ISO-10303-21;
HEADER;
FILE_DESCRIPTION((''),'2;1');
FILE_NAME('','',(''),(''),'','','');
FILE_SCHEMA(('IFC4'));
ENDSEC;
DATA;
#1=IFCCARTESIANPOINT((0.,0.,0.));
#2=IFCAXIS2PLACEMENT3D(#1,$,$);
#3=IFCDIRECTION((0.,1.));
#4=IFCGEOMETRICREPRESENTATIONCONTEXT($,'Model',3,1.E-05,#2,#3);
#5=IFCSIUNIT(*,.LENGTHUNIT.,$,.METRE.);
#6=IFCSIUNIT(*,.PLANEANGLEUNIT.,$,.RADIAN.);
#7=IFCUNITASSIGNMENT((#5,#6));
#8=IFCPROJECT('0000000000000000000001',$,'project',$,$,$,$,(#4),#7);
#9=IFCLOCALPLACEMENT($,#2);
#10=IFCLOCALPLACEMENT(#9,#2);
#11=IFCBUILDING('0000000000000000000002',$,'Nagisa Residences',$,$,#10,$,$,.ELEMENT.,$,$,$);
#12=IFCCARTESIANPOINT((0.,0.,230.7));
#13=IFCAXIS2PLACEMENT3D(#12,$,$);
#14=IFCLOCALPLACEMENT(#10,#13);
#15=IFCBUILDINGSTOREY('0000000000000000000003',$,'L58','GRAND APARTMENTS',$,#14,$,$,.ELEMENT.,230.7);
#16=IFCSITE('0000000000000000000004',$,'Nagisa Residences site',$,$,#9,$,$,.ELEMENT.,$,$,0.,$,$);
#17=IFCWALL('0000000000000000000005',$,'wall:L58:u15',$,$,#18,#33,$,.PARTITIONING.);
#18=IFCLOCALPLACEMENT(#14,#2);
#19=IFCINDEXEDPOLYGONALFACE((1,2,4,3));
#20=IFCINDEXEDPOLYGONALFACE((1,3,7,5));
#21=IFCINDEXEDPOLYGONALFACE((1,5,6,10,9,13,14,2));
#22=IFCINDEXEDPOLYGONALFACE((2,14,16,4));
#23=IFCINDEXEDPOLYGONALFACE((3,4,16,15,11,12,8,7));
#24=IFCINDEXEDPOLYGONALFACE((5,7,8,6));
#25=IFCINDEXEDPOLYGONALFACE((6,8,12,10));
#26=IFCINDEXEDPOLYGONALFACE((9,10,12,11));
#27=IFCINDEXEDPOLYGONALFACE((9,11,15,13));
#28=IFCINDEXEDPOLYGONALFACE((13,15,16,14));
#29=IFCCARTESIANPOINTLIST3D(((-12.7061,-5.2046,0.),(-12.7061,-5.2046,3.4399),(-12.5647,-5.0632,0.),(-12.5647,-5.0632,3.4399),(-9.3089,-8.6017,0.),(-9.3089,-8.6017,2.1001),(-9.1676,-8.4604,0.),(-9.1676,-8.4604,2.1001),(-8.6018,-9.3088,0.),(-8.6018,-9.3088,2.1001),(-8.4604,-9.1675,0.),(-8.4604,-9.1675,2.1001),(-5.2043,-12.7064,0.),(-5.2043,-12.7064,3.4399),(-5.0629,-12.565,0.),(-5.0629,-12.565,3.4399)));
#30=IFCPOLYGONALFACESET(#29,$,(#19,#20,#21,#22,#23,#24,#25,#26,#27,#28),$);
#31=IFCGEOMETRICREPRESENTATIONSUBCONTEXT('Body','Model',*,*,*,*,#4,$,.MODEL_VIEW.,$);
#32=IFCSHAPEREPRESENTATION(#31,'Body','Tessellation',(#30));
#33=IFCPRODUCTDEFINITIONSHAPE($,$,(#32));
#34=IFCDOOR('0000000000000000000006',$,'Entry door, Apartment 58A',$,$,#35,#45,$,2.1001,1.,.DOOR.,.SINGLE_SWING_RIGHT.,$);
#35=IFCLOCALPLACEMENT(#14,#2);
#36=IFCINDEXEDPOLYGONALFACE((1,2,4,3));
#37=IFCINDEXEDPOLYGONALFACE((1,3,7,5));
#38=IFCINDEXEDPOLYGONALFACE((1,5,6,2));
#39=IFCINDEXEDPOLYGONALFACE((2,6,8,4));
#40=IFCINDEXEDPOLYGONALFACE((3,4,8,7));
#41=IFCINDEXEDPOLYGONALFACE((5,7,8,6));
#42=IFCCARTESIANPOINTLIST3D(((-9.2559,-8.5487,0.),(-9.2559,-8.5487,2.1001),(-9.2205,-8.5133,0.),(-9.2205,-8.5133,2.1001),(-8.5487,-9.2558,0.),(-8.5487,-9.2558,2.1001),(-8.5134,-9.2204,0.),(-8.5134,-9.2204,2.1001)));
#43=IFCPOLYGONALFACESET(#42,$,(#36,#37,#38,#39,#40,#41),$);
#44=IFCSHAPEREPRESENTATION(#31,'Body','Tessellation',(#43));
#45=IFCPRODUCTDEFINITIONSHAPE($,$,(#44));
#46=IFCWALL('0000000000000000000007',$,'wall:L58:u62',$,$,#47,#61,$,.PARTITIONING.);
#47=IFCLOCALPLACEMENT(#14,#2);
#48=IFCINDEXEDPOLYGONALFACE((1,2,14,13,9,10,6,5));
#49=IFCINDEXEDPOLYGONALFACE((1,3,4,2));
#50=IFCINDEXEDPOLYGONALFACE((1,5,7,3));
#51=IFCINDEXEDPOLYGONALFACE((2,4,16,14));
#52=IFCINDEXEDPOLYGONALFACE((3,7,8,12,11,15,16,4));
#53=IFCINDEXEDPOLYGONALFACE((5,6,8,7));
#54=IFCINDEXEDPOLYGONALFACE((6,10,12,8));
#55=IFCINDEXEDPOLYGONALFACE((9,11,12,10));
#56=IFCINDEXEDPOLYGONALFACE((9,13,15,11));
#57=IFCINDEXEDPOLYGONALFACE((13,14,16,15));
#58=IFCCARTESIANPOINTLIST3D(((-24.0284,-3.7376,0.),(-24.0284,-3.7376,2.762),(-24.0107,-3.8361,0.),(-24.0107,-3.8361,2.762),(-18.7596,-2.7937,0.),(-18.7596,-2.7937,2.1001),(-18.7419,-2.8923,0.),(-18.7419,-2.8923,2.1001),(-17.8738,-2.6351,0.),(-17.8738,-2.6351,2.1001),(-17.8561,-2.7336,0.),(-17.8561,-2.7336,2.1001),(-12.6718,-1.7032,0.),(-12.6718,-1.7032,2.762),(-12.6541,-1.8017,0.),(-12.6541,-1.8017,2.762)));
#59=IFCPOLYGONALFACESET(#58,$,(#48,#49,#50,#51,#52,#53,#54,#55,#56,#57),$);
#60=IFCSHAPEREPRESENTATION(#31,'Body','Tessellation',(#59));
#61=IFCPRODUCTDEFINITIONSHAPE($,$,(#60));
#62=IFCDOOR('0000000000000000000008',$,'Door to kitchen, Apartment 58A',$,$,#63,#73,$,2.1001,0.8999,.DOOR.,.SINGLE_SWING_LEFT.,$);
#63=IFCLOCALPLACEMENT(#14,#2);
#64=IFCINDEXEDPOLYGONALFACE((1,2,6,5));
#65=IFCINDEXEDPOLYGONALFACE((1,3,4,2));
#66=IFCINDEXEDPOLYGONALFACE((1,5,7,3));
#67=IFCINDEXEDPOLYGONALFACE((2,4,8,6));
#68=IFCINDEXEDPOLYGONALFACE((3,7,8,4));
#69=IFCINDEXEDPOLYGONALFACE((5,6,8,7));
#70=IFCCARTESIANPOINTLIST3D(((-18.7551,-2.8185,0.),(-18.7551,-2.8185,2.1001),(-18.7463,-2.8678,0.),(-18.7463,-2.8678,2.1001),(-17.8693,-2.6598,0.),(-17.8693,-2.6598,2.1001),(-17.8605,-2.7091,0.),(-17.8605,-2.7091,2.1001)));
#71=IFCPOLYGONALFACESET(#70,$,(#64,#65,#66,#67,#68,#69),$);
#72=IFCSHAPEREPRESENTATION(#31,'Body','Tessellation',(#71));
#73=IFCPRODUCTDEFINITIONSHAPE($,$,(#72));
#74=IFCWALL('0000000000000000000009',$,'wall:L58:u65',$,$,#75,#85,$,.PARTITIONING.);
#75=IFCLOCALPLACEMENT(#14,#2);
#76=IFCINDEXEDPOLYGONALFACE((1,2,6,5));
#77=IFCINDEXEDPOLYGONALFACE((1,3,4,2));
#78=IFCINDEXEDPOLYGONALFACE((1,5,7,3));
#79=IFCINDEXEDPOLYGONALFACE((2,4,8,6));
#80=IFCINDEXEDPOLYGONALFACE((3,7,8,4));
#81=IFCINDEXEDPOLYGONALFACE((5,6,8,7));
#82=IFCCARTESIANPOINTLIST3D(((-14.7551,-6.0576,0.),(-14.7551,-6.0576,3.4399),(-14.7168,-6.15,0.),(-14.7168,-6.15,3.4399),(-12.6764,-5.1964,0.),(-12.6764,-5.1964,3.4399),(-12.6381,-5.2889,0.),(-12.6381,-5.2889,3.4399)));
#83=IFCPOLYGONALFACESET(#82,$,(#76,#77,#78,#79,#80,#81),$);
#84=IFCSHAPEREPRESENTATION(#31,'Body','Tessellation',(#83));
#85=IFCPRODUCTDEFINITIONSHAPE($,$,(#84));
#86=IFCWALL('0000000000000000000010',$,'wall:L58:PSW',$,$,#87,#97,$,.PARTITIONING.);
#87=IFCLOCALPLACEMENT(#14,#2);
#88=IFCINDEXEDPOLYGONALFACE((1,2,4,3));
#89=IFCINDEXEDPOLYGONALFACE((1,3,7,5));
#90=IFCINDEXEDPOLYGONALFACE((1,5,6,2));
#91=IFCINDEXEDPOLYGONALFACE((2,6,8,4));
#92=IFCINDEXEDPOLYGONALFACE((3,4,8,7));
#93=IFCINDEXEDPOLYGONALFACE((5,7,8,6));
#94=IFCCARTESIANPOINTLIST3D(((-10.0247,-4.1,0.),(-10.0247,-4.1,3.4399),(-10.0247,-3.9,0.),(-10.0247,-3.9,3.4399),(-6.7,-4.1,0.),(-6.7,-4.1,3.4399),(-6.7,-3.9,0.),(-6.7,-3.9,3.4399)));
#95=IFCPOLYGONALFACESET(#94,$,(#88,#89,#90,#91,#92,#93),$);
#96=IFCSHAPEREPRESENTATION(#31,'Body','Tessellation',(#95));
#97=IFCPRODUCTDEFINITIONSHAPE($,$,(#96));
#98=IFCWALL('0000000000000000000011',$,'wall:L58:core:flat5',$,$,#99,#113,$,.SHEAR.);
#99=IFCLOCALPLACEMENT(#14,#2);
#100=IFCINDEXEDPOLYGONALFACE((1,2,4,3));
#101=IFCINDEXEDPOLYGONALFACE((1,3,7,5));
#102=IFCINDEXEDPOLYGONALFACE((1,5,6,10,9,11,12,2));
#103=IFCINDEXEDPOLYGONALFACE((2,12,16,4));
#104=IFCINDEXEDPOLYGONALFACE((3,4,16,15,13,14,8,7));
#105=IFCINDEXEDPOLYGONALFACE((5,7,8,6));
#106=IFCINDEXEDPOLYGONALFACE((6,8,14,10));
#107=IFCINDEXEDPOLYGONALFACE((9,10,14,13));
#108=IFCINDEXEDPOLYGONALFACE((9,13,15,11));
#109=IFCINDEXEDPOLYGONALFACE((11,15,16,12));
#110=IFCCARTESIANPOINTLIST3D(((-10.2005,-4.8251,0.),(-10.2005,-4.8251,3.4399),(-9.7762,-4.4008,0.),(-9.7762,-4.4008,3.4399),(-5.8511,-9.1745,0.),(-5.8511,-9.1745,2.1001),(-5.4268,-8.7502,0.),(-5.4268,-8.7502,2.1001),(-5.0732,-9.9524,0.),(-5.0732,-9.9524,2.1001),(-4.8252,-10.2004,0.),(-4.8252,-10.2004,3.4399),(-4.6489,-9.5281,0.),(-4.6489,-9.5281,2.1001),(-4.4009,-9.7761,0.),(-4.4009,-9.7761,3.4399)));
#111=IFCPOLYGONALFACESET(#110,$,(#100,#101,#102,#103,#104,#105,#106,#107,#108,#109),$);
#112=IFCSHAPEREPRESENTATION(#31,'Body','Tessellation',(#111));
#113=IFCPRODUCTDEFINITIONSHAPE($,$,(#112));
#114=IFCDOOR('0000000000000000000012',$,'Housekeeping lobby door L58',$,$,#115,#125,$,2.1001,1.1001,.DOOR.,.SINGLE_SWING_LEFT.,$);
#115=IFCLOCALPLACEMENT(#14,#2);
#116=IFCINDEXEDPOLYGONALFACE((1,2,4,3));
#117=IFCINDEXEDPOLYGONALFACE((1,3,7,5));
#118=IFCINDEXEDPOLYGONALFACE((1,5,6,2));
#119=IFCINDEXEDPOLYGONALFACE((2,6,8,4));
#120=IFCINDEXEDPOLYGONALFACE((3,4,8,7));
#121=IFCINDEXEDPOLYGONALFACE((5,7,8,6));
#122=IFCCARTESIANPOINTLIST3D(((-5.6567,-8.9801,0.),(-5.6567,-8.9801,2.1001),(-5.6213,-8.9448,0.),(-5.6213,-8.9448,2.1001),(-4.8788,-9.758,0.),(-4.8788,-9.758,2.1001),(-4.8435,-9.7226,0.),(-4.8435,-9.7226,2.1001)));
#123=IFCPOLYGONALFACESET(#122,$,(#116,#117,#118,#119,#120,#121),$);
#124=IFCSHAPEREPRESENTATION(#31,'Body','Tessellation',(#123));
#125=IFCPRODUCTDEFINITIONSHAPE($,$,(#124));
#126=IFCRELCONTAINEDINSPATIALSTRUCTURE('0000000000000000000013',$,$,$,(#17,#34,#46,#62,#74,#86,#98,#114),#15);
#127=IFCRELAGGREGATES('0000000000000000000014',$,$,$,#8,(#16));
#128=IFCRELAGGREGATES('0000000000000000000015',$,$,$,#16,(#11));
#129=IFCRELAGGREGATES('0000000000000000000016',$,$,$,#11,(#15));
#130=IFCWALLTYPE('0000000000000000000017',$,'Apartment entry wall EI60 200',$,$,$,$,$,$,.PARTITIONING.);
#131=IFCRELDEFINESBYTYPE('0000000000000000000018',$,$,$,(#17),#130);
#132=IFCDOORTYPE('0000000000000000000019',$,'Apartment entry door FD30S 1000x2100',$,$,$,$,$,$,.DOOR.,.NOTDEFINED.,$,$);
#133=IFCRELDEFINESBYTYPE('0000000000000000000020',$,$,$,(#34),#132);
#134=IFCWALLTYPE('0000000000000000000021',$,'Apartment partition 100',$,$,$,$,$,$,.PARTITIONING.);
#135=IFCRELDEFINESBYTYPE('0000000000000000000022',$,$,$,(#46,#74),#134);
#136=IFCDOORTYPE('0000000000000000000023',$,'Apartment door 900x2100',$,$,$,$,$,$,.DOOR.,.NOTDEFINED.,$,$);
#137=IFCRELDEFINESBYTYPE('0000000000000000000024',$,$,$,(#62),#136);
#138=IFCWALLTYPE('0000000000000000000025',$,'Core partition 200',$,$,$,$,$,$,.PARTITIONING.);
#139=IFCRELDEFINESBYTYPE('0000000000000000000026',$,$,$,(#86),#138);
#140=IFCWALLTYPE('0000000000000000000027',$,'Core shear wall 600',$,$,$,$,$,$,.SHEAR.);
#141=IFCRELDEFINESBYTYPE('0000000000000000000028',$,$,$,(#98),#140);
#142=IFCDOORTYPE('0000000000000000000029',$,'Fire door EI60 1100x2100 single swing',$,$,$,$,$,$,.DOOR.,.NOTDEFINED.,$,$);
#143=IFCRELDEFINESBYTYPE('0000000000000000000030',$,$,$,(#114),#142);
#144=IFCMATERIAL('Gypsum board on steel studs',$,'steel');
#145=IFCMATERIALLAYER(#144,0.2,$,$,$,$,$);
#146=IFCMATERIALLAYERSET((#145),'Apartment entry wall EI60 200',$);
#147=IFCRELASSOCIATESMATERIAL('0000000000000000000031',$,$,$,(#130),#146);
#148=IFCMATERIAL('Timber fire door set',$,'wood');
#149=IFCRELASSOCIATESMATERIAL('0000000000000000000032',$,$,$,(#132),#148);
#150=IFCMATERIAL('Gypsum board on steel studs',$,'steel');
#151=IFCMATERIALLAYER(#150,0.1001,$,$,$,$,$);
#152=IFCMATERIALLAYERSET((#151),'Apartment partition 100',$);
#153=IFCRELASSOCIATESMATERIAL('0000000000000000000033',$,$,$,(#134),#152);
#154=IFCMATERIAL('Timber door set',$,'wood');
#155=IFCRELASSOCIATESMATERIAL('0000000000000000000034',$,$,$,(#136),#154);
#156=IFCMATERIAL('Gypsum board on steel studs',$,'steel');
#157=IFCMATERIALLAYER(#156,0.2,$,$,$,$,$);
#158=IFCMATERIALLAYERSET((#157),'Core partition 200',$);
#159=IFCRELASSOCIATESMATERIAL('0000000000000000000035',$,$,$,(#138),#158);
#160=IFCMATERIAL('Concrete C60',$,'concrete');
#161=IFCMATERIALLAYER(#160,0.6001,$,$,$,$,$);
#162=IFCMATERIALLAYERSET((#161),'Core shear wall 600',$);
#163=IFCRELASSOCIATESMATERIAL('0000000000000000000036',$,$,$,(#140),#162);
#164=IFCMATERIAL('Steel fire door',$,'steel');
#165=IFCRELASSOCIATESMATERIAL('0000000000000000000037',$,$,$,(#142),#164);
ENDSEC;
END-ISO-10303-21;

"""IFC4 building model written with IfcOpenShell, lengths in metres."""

from ifc_helpers import new_model, si_unit, direction, frame, frame_2d, origin, place, context, subcontext, project, spatial, rectangle, extrude, material, layer, layer_set, type_object, element, fill, save


model = new_model("IFC4")

# Units and contexts
model_context = context("Model", 3, precision=1e-05, world=origin(), true_north=direction((0.0, 1.0)))
body_context = subcontext(model_context, "Body", "Model", "MODEL_VIEW")
ifc_project = project(units=[si_unit("LENGTHUNIT", "METRE"), si_unit("PLANEANGLEUNIT", "RADIAN")], contexts=[model_context])

# Site, building, storey
site_placement = place(None, origin())
site = spatial("IfcSite", under=ifc_project, at=site_placement, Name="Nagisa Residences site", CompositionType="ELEMENT", RefElevation=0.0)
building_placement = place(site_placement, origin())
building = spatial("IfcBuilding", under=site, at=building_placement, Name="Nagisa Residences", CompositionType="ELEMENT")
storey_placement = place(building_placement, frame((0.0, 0.0, 230.7)))
storey = spatial("IfcBuildingStorey", under=building, at=storey_placement, Name="L58", Description="GRAND APARTMENTS", CompositionType="ELEMENT", Elevation=230.7)

# Walls, openings, doors
ifc_material_1 = material(Name="Gypsum board on steel studs", Category="steel")
ifc_layer_1 = layer(ifc_material_1, 0.2)
ifc_layer_set_1 = layer_set([ifc_layer_1], Name="Apartment entry wall EI60 200")
wall_type_1 = type_object("IfcWallType", Name="Apartment entry wall EI60 200", PredefinedType="PARTITIONING", material=ifc_layer_set_1)
wall_1_placement = place(storey_placement, frame((-12.6355, -5.1338, 0.0), z_axis=(0.0, 0.0, 1.0), x_axis=(0.707107, -0.707107, 0.0)))
wall_1 = element("IfcWall", 1, at=wall_1_placement, inside=storey, type_object=wall_type_1, Name="wall:L58:u15", PredefinedType="PARTITIONING", context=body_context, shape_type="SweptSolid", body=[
    extrude(rectangle(XDim=10.6091, YDim=0.2, at=frame_2d((5.3047, 0.0))), origin(), (0.0, 0.0, 1.0), 3.4399),
])
opening_1_placement = place(wall_1_placement, frame((4.8044, 0.0, 0.0)))
opening_1 = element("IfcOpeningElement", 2, at=opening_1_placement, cuts=wall_1, PredefinedType="OPENING", context=body_context, shape_type="SweptSolid", body=[
    extrude(rectangle(XDim=1.0, YDim=2.1001, at=frame_2d((0.5, 1.05))), frame((0.0, 0.1099, 0.0), z_axis=(0.0, -1.0, 0.0), x_axis=(1.0, 0.0, 0.0)), (0.0, 0.0, 1.0), 0.22),
])
ifc_material_2 = material(Name="Timber fire door set", Category="wood")
door_type_1 = type_object("IfcDoorType", Name="Apartment entry door FD30S 1000x2100", OperationType="NOTDEFINED", PredefinedType="DOOR", material=ifc_material_2)
door_1_placement = place(opening_1_placement, frame((1.0, 0.0, 0.0), x_axis=(-1.0, 0.0, 0.0)))
door_1 = element("IfcDoor", 3, at=door_1_placement, inside=storey, type_object=door_type_1, Name="Entry door, Apartment 58A", OperationType="SINGLE_SWING_RIGHT", OverallHeight=2.1001, OverallWidth=1.0, PredefinedType="DOOR", context=body_context, shape_type="SweptSolid", body=[
    extrude(rectangle(XDim=1.0, YDim=2.1001, at=frame_2d((0.5, 1.05))), frame((0.0, 0.0249, 0.0), z_axis=(0.0, -1.0, 0.0), x_axis=(1.0, 0.0, 0.0)), (0.0, 0.0, 1.0), 0.05),
])
fill(opening_1, door_1)
ifc_material_3 = material(Name="Gypsum board on steel studs", Category="steel")
ifc_layer_2 = layer(ifc_material_3, 0.1001)
ifc_layer_set_2 = layer_set([ifc_layer_2], Name="Apartment partition 100")
wall_type_2 = type_object("IfcWallType", Name="Apartment partition 100", PredefinedType="PARTITIONING", material=ifc_layer_set_2)
wall_2_placement = place(storey_placement, frame((-12.6631, -1.7524, 0.0), z_axis=(0.0, 0.0, 1.0), x_axis=(-0.98433, -0.176336, 0.0)))
wall_2 = element("IfcWall", 4, at=wall_2_placement, inside=storey, type_object=wall_type_2, Name="wall:L58:u62", PredefinedType="PARTITIONING", context=body_context, shape_type="SweptSolid", body=[
    extrude(rectangle(XDim=11.5374, YDim=0.1001, at=frame_2d((5.7686, 0.0))), origin(), (0.0, 0.0, 1.0), 2.762),
])
opening_2_placement = place(wall_2_placement, frame((5.2847, 0.0, 0.0)))
opening_2 = element("IfcOpeningElement", 5, at=opening_2_placement, cuts=wall_2, PredefinedType="OPENING", context=body_context, shape_type="SweptSolid", body=[
    extrude(rectangle(XDim=0.8999, YDim=2.1001, at=frame_2d((0.45, 1.05))), frame((0.0, 0.0601, 0.0), z_axis=(0.0, -1.0, 0.0), x_axis=(1.0, 0.0, 0.0)), (0.0, 0.0, 1.0), 0.1201),
])
ifc_material_4 = material(Name="Timber door set", Category="wood")
door_type_2 = type_object("IfcDoorType", Name="Apartment door 900x2100", OperationType="NOTDEFINED", PredefinedType="DOOR", material=ifc_material_4)
door_2_placement = place(opening_2_placement, frame((0.8999, 0.0, 0.0), x_axis=(-1.0, 0.0, 0.0)))
door_2 = element("IfcDoor", 6, at=door_2_placement, inside=storey, type_object=door_type_2, Name="Door to kitchen, Apartment 58A", OperationType="SINGLE_SWING_LEFT", OverallHeight=2.1001, OverallWidth=0.8999, PredefinedType="DOOR", context=body_context, shape_type="SweptSolid", body=[
    extrude(rectangle(XDim=0.8999, YDim=2.1001, at=frame_2d((0.45, 1.05))), frame((0.0, 0.0249, 0.0), z_axis=(0.0, -1.0, 0.0), x_axis=(1.0, 0.0, 0.0)), (0.0, 0.0, 1.0), 0.05),
])
fill(opening_2, door_2)

# Walls
wall_3_placement = place(storey_placement, frame((-12.6572, -5.2427, 0.0), z_axis=(0.0, 0.0, 1.0), x_axis=(-0.923865, -0.382719, 0.0)))
element("IfcWall", 7, at=wall_3_placement, inside=storey, type_object=wall_type_2, Name="wall:L58:u65", PredefinedType="PARTITIONING", context=body_context, shape_type="SweptSolid", body=[
    extrude(rectangle(XDim=2.25, YDim=0.1001, at=frame_2d((1.125, 0.0))), origin(), (0.0, 0.0, 1.0), 3.4399),
])
ifc_material_5 = material(Name="Gypsum board on steel studs", Category="steel")
ifc_layer_3 = layer(ifc_material_5, 0.2)
ifc_layer_set_3 = layer_set([ifc_layer_3], Name="Core partition 200")
wall_type_3 = type_object("IfcWallType", Name="Core partition 200", PredefinedType="PARTITIONING", material=ifc_layer_set_3)
wall_4_placement = place(storey_placement, frame((-10.0247, -4.0, 0.0), z_axis=(0.0, 0.0, 1.0), x_axis=(1.0, 0.0, 0.0)))
element("IfcWall", 8, at=wall_4_placement, inside=storey, type_object=wall_type_3, Name="wall:L58:PSW", PredefinedType="PARTITIONING", context=body_context, shape_type="SweptSolid", body=[
    extrude(rectangle(XDim=3.3247, YDim=0.2, at=frame_2d((1.6624, 0.0))), origin(), (0.0, 0.0, 1.0), 3.4399),
])

# Wall, opening, door
ifc_material_6 = material(Name="Concrete C60", Category="concrete")
ifc_layer_4 = layer(ifc_material_6, 0.6001)
ifc_layer_set_4 = layer_set([ifc_layer_4], Name="Core shear wall 600")
wall_type_4 = type_object("IfcWallType", Name="Core shear wall 600", PredefinedType="SHEAR", material=ifc_layer_set_4)
wall_5_placement = place(storey_placement, frame((-9.9883, -4.613, 0.0), z_axis=(0.0, 0.0, 1.0), x_axis=(0.707107, -0.707107, 0.0)))
wall_5 = element("IfcWall", 9, at=wall_5_placement, inside=storey, type_object=wall_type_4, Name="wall:L58:core:flat5", PredefinedType="SHEAR", context=body_context, shape_type="SweptSolid", body=[
    extrude(rectangle(XDim=7.6018, YDim=0.6001, at=frame_2d((3.8008, 0.0))), origin(), (0.0, 0.0, 1.0), 3.4399),
])
opening_3_placement = place(wall_5_placement, frame((6.1509, 0.0, 0.0)))
opening_3 = element("IfcOpeningElement", 10, at=opening_3_placement, cuts=wall_5, PredefinedType="OPENING", context=body_context, shape_type="SweptSolid", body=[
    extrude(rectangle(XDim=1.1001, YDim=2.1001, at=frame_2d((0.55, 1.05))), frame((0.0, 0.3101, 0.0), z_axis=(0.0, -1.0, 0.0), x_axis=(1.0, 0.0, 0.0)), (0.0, 0.0, 1.0), 0.6201),
])
ifc_material_7 = material(Name="Steel fire door", Category="steel")
door_type_3 = type_object("IfcDoorType", Name="Fire door EI60 1100x2100 single swing", OperationType="NOTDEFINED", PredefinedType="DOOR", material=ifc_material_7)
door_3_placement = place(opening_3_placement, origin())
door_3 = element("IfcDoor", 11, at=door_3_placement, inside=storey, type_object=door_type_3, Name="Housekeeping lobby door L58", OperationType="SINGLE_SWING_LEFT", OverallHeight=2.1001, OverallWidth=1.1001, PredefinedType="DOOR", context=body_context, shape_type="SweptSolid", body=[
    extrude(rectangle(XDim=1.1001, YDim=2.1001, at=frame_2d((0.55, 1.05))), frame((0.0, 0.0249, 0.0), z_axis=(0.0, -1.0, 0.0), x_axis=(1.0, 0.0, 0.0)), (0.0, 0.0, 1.0), 0.05),
])
fill(opening_3, door_3)

save(model, "model.ifc")
